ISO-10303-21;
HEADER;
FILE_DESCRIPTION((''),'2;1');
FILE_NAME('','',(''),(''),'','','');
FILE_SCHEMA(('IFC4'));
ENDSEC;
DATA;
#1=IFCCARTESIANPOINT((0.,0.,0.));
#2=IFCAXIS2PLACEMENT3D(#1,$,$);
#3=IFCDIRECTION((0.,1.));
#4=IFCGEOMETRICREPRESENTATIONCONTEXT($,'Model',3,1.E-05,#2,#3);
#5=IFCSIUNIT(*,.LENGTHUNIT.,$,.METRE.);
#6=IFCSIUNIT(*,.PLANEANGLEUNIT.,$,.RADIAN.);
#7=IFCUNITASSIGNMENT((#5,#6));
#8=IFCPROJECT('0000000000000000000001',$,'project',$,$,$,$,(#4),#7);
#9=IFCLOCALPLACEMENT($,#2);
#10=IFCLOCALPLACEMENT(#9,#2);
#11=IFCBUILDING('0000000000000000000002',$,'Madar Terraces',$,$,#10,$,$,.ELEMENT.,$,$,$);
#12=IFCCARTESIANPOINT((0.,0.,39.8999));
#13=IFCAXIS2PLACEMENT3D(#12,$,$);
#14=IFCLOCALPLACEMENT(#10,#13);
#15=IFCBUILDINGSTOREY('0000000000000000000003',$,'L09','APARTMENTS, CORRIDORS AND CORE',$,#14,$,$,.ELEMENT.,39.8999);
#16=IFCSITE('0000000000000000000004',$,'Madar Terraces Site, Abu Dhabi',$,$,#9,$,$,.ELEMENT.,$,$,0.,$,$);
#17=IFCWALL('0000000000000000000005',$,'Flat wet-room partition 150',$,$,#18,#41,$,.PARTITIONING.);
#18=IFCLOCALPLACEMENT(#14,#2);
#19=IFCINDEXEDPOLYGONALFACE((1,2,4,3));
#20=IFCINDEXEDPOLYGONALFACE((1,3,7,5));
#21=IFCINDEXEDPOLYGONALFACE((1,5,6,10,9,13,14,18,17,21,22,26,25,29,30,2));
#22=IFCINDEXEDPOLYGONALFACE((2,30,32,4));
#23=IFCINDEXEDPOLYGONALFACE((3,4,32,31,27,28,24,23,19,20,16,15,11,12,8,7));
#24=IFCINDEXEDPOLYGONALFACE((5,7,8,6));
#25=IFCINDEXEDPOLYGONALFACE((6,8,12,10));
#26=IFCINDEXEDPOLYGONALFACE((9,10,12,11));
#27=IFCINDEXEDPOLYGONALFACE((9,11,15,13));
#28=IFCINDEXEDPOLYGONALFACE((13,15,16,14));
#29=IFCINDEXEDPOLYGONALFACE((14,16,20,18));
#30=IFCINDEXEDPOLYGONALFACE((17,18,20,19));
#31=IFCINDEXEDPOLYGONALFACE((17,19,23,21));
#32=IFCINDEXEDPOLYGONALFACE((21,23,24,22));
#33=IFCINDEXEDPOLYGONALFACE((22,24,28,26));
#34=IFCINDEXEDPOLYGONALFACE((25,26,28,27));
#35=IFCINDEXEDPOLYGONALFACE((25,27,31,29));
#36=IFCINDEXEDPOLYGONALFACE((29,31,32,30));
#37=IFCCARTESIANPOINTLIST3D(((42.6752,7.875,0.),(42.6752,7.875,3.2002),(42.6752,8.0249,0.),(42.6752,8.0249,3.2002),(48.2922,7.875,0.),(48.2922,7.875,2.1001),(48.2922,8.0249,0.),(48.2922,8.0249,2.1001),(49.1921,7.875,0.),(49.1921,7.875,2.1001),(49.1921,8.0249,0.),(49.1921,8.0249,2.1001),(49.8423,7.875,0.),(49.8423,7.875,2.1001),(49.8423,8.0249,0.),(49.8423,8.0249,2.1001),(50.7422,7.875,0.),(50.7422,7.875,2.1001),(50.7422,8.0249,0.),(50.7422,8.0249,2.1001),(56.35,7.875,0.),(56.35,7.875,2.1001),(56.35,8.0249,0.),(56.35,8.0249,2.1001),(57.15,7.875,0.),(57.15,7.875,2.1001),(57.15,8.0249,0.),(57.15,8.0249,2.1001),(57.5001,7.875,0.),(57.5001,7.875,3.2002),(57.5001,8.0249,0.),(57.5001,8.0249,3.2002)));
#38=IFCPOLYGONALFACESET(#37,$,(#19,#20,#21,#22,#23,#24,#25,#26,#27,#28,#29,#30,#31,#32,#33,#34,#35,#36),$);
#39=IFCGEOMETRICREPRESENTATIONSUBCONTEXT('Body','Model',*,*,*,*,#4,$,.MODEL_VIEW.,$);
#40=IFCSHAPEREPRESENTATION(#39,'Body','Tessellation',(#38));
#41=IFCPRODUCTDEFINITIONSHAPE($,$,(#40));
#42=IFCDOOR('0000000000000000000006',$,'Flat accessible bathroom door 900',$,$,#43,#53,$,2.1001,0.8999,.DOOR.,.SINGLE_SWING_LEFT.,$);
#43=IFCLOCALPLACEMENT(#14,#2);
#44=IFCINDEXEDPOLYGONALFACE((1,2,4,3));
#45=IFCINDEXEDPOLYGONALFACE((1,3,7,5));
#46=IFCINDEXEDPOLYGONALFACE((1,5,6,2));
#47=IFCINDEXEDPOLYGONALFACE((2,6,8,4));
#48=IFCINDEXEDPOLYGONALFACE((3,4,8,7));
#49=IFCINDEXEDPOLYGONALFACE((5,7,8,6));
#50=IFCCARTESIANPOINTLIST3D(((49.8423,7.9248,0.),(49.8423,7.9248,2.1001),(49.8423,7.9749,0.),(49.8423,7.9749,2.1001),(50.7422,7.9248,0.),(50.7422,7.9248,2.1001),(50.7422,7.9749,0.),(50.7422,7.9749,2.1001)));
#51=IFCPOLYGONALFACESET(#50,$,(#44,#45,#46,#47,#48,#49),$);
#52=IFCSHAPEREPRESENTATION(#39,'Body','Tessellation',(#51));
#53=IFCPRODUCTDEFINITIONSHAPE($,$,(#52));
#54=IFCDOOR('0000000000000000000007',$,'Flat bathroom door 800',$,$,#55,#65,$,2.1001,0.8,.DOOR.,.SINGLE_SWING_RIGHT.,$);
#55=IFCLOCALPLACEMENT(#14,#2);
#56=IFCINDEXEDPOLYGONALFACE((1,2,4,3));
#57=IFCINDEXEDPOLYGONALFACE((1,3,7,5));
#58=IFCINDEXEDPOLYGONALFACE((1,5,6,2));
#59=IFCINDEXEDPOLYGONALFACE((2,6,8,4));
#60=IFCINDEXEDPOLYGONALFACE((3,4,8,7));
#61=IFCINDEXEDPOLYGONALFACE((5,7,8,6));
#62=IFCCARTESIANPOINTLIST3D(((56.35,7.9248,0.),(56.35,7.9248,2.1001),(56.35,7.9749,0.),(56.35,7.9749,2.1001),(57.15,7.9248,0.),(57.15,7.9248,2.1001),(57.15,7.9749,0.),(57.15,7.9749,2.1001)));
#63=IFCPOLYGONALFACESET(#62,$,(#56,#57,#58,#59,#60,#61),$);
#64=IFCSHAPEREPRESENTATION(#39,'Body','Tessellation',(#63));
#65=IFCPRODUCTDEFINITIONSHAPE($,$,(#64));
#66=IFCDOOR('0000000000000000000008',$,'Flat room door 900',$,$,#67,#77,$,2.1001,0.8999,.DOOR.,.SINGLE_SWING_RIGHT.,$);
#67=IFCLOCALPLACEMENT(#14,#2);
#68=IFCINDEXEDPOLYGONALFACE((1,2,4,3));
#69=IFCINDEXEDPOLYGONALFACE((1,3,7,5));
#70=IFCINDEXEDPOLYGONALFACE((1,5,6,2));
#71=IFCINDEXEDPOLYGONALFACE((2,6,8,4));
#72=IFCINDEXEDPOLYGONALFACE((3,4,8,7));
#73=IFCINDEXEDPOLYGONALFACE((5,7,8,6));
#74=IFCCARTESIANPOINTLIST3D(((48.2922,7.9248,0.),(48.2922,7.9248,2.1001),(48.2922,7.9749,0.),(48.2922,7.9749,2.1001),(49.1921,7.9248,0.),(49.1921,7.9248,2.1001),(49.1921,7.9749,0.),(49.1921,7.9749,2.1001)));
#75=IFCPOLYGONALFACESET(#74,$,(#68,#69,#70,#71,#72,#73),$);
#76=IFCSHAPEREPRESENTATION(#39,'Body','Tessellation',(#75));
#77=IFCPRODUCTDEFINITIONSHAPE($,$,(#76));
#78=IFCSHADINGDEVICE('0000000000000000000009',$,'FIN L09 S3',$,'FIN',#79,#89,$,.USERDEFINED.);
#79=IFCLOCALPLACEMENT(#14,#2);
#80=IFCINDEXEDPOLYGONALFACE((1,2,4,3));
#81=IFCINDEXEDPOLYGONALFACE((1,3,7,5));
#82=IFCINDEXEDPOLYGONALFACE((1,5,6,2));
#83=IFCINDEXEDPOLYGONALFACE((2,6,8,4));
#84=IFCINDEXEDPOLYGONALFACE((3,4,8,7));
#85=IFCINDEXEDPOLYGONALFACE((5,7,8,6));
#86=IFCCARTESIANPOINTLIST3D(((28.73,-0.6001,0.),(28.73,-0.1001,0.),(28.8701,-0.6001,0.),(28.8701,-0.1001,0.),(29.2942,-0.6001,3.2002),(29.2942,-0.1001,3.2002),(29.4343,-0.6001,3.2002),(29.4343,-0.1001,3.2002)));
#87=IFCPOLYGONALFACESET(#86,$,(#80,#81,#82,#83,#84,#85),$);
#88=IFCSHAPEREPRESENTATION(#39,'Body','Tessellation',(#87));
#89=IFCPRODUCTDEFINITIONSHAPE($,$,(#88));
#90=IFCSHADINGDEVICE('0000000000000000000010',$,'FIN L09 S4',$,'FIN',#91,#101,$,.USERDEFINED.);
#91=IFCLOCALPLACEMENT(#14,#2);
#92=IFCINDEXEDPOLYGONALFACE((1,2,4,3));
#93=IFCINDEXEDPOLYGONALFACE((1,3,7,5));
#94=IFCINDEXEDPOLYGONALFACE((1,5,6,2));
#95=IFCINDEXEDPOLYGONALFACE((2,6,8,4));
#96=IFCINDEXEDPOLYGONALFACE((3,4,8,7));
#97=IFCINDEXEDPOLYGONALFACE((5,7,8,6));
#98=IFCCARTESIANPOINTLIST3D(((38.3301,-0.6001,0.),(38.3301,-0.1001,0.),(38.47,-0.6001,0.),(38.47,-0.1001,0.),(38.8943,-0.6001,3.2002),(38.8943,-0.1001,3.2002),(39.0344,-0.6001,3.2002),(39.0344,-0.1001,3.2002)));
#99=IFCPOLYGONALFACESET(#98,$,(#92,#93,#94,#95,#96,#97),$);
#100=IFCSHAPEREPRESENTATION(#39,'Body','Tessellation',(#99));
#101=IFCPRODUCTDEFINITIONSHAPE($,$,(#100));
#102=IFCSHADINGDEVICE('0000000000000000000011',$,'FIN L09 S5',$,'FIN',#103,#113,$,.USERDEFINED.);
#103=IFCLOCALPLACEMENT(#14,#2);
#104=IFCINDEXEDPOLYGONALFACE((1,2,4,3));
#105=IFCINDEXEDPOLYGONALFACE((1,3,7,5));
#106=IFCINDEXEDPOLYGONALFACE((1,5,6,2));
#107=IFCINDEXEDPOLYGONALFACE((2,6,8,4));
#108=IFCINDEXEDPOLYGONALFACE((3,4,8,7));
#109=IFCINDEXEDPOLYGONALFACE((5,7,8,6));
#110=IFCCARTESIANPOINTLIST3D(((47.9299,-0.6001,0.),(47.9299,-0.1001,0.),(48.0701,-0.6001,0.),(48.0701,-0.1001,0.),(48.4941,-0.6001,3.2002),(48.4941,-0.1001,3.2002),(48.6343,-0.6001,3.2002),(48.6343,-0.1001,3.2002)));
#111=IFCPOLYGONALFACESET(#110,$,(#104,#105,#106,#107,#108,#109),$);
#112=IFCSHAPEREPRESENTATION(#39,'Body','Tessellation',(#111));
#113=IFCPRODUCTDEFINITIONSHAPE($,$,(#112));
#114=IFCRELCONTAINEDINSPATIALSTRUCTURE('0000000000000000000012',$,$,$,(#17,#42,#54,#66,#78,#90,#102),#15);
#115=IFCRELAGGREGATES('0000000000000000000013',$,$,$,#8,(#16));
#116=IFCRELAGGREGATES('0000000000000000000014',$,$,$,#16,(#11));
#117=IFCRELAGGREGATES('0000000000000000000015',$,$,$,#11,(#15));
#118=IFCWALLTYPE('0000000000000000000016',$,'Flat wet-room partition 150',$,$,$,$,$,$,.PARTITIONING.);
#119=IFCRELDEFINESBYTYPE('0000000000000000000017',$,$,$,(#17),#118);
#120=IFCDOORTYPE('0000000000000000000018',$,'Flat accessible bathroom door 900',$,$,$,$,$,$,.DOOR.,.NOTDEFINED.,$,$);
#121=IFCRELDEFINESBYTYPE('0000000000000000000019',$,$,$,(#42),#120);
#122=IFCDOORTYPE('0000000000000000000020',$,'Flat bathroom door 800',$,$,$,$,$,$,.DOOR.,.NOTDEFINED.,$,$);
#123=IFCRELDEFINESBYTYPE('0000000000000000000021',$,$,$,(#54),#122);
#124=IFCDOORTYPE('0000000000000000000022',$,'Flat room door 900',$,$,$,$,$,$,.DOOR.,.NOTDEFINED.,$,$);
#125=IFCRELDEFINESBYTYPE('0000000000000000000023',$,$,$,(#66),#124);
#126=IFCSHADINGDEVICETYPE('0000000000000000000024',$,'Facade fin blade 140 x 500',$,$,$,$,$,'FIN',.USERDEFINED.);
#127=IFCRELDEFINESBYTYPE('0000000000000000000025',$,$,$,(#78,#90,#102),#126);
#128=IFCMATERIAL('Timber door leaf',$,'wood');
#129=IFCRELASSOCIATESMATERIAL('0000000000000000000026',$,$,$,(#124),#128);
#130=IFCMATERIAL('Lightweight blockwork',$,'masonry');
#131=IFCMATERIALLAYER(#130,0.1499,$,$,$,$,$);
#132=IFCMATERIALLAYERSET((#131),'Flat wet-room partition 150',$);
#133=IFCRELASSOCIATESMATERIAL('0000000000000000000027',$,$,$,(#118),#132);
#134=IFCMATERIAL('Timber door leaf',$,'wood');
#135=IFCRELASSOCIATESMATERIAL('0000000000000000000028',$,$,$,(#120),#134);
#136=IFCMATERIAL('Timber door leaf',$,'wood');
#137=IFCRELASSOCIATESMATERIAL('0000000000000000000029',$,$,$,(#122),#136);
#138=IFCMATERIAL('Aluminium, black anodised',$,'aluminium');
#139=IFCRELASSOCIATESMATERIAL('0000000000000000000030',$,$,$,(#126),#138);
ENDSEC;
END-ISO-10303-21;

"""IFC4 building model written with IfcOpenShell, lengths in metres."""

from ifc_helpers import new_model, si_unit, direction, frame, frame_2d, origin, place, context, subcontext, project, spatial, polyline, rectangle, outline, extrude, material, layer, layer_set, type_object, element, fill, save


model = new_model("IFC4")

# Units and contexts
model_context = context("Model", 3, precision=1e-05, world=origin(), true_north=direction((0.0, 1.0)))
body_context = subcontext(model_context, "Body", "Model", "MODEL_VIEW")
ifc_project = project(units=[si_unit("LENGTHUNIT", "METRE"), si_unit("PLANEANGLEUNIT", "RADIAN")], contexts=[model_context])

# Site, building, storey
site_placement = place(None, origin())
site = spatial("IfcSite", under=ifc_project, at=site_placement, Name="Madar Terraces Site, Abu Dhabi", CompositionType="ELEMENT", RefElevation=0.0)
building_placement = place(site_placement, origin())
building = spatial("IfcBuilding", under=site, at=building_placement, Name="Madar Terraces", CompositionType="ELEMENT")
storey_placement = place(building_placement, frame((0.0, 0.0, 39.8999)))
storey = spatial("IfcBuildingStorey", under=building, at=storey_placement, Name="L09", Description="APARTMENTS, CORRIDORS AND CORE", CompositionType="ELEMENT", Elevation=39.8999)

# Shared definitions
ifc_material_1 = material(Name="Timber door leaf", Category="wood")
door_type_1 = type_object("IfcDoorType", Name="Flat room door 900", OperationType="NOTDEFINED", PredefinedType="DOOR", material=ifc_material_1)

# Shared definitions
ifc_material_2 = material(Name="Lightweight blockwork", Category="masonry")
ifc_layer_1 = layer(ifc_material_2, 0.1499)
ifc_layer_set_1 = layer_set([ifc_layer_1], Name="Flat wet-room partition 150")
wall_type_1 = type_object("IfcWallType", Name="Flat wet-room partition 150", PredefinedType="PARTITIONING", material=ifc_layer_set_1)

# Wall, openings, doors
wall_1_placement = place(storey_placement, frame((42.675, 7.95, 0.0), z_axis=(0.0, 0.0, 1.0), x_axis=(1.0, 0.0, 0.0)))
wall_1 = element("IfcWall", 1, at=wall_1_placement, inside=storey, type_object=wall_type_1, Name="Flat wet-room partition 150", PredefinedType="PARTITIONING", context=body_context, shape_type="SweptSolid", body=[
    extrude(rectangle(XDim=14.825, YDim=0.1499, at=frame_2d((7.4126, 0.0))), origin(), (0.0, 0.0, 1.0), 3.2002),
])
opening_1_placement = place(wall_1_placement, frame((5.6172, 0.0, 0.0)))
opening_1 = element("IfcOpeningElement", 2, at=opening_1_placement, cuts=wall_1, PredefinedType="OPENING", context=body_context, shape_type="SweptSolid", body=[
    extrude(rectangle(XDim=0.8999, YDim=2.1001, at=frame_2d((0.45, 1.05))), frame((0.0, 0.085, 0.0), z_axis=(0.0, -1.0, 0.0), x_axis=(1.0, 0.0, 0.0)), (0.0, 0.0, 1.0), 0.1699),
])
opening_2_placement = place(wall_1_placement, frame((7.1672, 0.0, 0.0)))
opening_2 = element("IfcOpeningElement", 3, at=opening_2_placement, cuts=wall_1, PredefinedType="OPENING", context=body_context, shape_type="SweptSolid", body=[
    extrude(rectangle(XDim=0.8999, YDim=2.1001, at=frame_2d((0.45, 1.05))), frame((0.0, 0.085, 0.0), z_axis=(0.0, -1.0, 0.0), x_axis=(1.0, 0.0, 0.0)), (0.0, 0.0, 1.0), 0.1699),
])
opening_3_placement = place(wall_1_placement, frame((13.675, 0.0, 0.0)))
opening_3 = element("IfcOpeningElement", 4, at=opening_3_placement, cuts=wall_1, PredefinedType="OPENING", context=body_context, shape_type="SweptSolid", body=[
    extrude(rectangle(XDim=0.8, YDim=2.1001, at=frame_2d((0.3999, 1.05))), frame((0.0, 0.085, 0.0), z_axis=(0.0, -1.0, 0.0), x_axis=(1.0, 0.0, 0.0)), (0.0, 0.0, 1.0), 0.1699),
])
ifc_material_3 = material(Name="Timber door leaf", Category="wood")
door_type_2 = type_object("IfcDoorType", Name="Flat accessible bathroom door 900", OperationType="NOTDEFINED", PredefinedType="DOOR", material=ifc_material_3)
door_1_placement = place(opening_2_placement, origin())
door_1 = element("IfcDoor", 5, at=door_1_placement, inside=storey, type_object=door_type_2, Name="Flat accessible bathroom door 900", OperationType="SINGLE_SWING_LEFT", OverallHeight=2.1001, OverallWidth=0.8999, PredefinedType="DOOR", context=body_context, shape_type="SweptSolid", body=[
    extrude(rectangle(XDim=0.8999, YDim=2.1001, at=frame_2d((0.45, 1.05))), frame((0.0, 0.0249, 0.0), z_axis=(0.0, -1.0, 0.0), x_axis=(1.0, 0.0, 0.0)), (0.0, 0.0, 1.0), 0.05),
])
fill(opening_2, door_1)
ifc_material_4 = material(Name="Timber door leaf", Category="wood")
door_type_3 = type_object("IfcDoorType", Name="Flat bathroom door 800", OperationType="NOTDEFINED", PredefinedType="DOOR", material=ifc_material_4)
door_2_placement = place(opening_3_placement, origin())
door_2 = element("IfcDoor", 6, at=door_2_placement, inside=storey, type_object=door_type_3, Name="Flat bathroom door 800", OperationType="SINGLE_SWING_RIGHT", OverallHeight=2.1001, OverallWidth=0.8, PredefinedType="DOOR", context=body_context, shape_type="SweptSolid", body=[
    extrude(rectangle(XDim=0.8, YDim=2.1001, at=frame_2d((0.3999, 1.05))), frame((0.0, 0.0249, 0.0), z_axis=(0.0, -1.0, 0.0), x_axis=(1.0, 0.0, 0.0)), (0.0, 0.0, 1.0), 0.05),
])
fill(opening_3, door_2)
door_3_placement = place(opening_1_placement, origin())
door_3 = element("IfcDoor", 7, at=door_3_placement, inside=storey, type_object=door_type_1, Name="Flat room door 900", OperationType="SINGLE_SWING_RIGHT", OverallHeight=2.1001, OverallWidth=0.8999, PredefinedType="DOOR", context=body_context, shape_type="SweptSolid", body=[
    extrude(rectangle(XDim=0.8999, YDim=2.1001, at=frame_2d((0.45, 1.05))), frame((0.0, 0.0249, 0.0), z_axis=(0.0, -1.0, 0.0), x_axis=(1.0, 0.0, 0.0)), (0.0, 0.0, 1.0), 0.05),
])
fill(opening_1, door_3)

# Shading devices
ifc_material_5 = material(Name="Aluminium, black anodised", Category="aluminium")
shading_device_type = type_object("IfcShadingDeviceType", Name="Facade fin blade 140 x 500", ElementType="FIN", PredefinedType="USERDEFINED", material=ifc_material_5)
shading_device_1_placement = place(storey_placement, frame((28.73, -0.3501, 0.0), z_axis=(0.0, 0.0, 1.0), x_axis=(1.0, 0.0, 0.0)))
element("IfcShadingDevice", 8, at=shading_device_1_placement, inside=storey, type_object=shading_device_type, Name="FIN L09 S3", ObjectType="FIN", PredefinedType="USERDEFINED", context=body_context, shape_type="SweptSolid", body=[
    extrude(outline(polyline([(0.0, 0.0), (0.1401, 0.0), (0.7043, 3.2002), (0.5642, 3.2002), (0.0, 0.0)])), frame((0.0, 0.25, 0.0), z_axis=(0.0, -1.0, 0.0), x_axis=(1.0, 0.0, 0.0)), (0.0, 0.0, 1.0), 0.5),
])
shading_device_2_placement = place(storey_placement, frame((38.3301, -0.3501, 0.0), z_axis=(0.0, 0.0, 1.0), x_axis=(1.0, 0.0, 0.0)))
element("IfcShadingDevice", 9, at=shading_device_2_placement, inside=storey, type_object=shading_device_type, Name="FIN L09 S4", ObjectType="FIN", PredefinedType="USERDEFINED", context=body_context, shape_type="SweptSolid", body=[
    extrude(outline(polyline([(0.0, 0.0), (0.1399, 0.0), (0.7043, 3.2002), (0.5642, 3.2002), (0.0, 0.0)])), frame((0.0, 0.25, 0.0), z_axis=(0.0, -1.0, 0.0), x_axis=(1.0, 0.0, 0.0)), (0.0, 0.0, 1.0), 0.5),
])
shading_device_3_placement = place(storey_placement, frame((47.9299, -0.3501, 0.0), z_axis=(0.0, 0.0, 1.0), x_axis=(1.0, 0.0, 0.0)))
element("IfcShadingDevice", 10, at=shading_device_3_placement, inside=storey, type_object=shading_device_type, Name="FIN L09 S5", ObjectType="FIN", PredefinedType="USERDEFINED", context=body_context, shape_type="SweptSolid", body=[
    extrude(outline(polyline([(0.0, 0.0), (0.1401, 0.0), (0.7043, 3.2002), (0.5642, 3.2002), (0.0, 0.0)])), frame((0.0, 0.25, 0.0), z_axis=(0.0, -1.0, 0.0), x_axis=(1.0, 0.0, 0.0)), (0.0, 0.0, 1.0), 0.5),
])

save(model, "model.ifc")
